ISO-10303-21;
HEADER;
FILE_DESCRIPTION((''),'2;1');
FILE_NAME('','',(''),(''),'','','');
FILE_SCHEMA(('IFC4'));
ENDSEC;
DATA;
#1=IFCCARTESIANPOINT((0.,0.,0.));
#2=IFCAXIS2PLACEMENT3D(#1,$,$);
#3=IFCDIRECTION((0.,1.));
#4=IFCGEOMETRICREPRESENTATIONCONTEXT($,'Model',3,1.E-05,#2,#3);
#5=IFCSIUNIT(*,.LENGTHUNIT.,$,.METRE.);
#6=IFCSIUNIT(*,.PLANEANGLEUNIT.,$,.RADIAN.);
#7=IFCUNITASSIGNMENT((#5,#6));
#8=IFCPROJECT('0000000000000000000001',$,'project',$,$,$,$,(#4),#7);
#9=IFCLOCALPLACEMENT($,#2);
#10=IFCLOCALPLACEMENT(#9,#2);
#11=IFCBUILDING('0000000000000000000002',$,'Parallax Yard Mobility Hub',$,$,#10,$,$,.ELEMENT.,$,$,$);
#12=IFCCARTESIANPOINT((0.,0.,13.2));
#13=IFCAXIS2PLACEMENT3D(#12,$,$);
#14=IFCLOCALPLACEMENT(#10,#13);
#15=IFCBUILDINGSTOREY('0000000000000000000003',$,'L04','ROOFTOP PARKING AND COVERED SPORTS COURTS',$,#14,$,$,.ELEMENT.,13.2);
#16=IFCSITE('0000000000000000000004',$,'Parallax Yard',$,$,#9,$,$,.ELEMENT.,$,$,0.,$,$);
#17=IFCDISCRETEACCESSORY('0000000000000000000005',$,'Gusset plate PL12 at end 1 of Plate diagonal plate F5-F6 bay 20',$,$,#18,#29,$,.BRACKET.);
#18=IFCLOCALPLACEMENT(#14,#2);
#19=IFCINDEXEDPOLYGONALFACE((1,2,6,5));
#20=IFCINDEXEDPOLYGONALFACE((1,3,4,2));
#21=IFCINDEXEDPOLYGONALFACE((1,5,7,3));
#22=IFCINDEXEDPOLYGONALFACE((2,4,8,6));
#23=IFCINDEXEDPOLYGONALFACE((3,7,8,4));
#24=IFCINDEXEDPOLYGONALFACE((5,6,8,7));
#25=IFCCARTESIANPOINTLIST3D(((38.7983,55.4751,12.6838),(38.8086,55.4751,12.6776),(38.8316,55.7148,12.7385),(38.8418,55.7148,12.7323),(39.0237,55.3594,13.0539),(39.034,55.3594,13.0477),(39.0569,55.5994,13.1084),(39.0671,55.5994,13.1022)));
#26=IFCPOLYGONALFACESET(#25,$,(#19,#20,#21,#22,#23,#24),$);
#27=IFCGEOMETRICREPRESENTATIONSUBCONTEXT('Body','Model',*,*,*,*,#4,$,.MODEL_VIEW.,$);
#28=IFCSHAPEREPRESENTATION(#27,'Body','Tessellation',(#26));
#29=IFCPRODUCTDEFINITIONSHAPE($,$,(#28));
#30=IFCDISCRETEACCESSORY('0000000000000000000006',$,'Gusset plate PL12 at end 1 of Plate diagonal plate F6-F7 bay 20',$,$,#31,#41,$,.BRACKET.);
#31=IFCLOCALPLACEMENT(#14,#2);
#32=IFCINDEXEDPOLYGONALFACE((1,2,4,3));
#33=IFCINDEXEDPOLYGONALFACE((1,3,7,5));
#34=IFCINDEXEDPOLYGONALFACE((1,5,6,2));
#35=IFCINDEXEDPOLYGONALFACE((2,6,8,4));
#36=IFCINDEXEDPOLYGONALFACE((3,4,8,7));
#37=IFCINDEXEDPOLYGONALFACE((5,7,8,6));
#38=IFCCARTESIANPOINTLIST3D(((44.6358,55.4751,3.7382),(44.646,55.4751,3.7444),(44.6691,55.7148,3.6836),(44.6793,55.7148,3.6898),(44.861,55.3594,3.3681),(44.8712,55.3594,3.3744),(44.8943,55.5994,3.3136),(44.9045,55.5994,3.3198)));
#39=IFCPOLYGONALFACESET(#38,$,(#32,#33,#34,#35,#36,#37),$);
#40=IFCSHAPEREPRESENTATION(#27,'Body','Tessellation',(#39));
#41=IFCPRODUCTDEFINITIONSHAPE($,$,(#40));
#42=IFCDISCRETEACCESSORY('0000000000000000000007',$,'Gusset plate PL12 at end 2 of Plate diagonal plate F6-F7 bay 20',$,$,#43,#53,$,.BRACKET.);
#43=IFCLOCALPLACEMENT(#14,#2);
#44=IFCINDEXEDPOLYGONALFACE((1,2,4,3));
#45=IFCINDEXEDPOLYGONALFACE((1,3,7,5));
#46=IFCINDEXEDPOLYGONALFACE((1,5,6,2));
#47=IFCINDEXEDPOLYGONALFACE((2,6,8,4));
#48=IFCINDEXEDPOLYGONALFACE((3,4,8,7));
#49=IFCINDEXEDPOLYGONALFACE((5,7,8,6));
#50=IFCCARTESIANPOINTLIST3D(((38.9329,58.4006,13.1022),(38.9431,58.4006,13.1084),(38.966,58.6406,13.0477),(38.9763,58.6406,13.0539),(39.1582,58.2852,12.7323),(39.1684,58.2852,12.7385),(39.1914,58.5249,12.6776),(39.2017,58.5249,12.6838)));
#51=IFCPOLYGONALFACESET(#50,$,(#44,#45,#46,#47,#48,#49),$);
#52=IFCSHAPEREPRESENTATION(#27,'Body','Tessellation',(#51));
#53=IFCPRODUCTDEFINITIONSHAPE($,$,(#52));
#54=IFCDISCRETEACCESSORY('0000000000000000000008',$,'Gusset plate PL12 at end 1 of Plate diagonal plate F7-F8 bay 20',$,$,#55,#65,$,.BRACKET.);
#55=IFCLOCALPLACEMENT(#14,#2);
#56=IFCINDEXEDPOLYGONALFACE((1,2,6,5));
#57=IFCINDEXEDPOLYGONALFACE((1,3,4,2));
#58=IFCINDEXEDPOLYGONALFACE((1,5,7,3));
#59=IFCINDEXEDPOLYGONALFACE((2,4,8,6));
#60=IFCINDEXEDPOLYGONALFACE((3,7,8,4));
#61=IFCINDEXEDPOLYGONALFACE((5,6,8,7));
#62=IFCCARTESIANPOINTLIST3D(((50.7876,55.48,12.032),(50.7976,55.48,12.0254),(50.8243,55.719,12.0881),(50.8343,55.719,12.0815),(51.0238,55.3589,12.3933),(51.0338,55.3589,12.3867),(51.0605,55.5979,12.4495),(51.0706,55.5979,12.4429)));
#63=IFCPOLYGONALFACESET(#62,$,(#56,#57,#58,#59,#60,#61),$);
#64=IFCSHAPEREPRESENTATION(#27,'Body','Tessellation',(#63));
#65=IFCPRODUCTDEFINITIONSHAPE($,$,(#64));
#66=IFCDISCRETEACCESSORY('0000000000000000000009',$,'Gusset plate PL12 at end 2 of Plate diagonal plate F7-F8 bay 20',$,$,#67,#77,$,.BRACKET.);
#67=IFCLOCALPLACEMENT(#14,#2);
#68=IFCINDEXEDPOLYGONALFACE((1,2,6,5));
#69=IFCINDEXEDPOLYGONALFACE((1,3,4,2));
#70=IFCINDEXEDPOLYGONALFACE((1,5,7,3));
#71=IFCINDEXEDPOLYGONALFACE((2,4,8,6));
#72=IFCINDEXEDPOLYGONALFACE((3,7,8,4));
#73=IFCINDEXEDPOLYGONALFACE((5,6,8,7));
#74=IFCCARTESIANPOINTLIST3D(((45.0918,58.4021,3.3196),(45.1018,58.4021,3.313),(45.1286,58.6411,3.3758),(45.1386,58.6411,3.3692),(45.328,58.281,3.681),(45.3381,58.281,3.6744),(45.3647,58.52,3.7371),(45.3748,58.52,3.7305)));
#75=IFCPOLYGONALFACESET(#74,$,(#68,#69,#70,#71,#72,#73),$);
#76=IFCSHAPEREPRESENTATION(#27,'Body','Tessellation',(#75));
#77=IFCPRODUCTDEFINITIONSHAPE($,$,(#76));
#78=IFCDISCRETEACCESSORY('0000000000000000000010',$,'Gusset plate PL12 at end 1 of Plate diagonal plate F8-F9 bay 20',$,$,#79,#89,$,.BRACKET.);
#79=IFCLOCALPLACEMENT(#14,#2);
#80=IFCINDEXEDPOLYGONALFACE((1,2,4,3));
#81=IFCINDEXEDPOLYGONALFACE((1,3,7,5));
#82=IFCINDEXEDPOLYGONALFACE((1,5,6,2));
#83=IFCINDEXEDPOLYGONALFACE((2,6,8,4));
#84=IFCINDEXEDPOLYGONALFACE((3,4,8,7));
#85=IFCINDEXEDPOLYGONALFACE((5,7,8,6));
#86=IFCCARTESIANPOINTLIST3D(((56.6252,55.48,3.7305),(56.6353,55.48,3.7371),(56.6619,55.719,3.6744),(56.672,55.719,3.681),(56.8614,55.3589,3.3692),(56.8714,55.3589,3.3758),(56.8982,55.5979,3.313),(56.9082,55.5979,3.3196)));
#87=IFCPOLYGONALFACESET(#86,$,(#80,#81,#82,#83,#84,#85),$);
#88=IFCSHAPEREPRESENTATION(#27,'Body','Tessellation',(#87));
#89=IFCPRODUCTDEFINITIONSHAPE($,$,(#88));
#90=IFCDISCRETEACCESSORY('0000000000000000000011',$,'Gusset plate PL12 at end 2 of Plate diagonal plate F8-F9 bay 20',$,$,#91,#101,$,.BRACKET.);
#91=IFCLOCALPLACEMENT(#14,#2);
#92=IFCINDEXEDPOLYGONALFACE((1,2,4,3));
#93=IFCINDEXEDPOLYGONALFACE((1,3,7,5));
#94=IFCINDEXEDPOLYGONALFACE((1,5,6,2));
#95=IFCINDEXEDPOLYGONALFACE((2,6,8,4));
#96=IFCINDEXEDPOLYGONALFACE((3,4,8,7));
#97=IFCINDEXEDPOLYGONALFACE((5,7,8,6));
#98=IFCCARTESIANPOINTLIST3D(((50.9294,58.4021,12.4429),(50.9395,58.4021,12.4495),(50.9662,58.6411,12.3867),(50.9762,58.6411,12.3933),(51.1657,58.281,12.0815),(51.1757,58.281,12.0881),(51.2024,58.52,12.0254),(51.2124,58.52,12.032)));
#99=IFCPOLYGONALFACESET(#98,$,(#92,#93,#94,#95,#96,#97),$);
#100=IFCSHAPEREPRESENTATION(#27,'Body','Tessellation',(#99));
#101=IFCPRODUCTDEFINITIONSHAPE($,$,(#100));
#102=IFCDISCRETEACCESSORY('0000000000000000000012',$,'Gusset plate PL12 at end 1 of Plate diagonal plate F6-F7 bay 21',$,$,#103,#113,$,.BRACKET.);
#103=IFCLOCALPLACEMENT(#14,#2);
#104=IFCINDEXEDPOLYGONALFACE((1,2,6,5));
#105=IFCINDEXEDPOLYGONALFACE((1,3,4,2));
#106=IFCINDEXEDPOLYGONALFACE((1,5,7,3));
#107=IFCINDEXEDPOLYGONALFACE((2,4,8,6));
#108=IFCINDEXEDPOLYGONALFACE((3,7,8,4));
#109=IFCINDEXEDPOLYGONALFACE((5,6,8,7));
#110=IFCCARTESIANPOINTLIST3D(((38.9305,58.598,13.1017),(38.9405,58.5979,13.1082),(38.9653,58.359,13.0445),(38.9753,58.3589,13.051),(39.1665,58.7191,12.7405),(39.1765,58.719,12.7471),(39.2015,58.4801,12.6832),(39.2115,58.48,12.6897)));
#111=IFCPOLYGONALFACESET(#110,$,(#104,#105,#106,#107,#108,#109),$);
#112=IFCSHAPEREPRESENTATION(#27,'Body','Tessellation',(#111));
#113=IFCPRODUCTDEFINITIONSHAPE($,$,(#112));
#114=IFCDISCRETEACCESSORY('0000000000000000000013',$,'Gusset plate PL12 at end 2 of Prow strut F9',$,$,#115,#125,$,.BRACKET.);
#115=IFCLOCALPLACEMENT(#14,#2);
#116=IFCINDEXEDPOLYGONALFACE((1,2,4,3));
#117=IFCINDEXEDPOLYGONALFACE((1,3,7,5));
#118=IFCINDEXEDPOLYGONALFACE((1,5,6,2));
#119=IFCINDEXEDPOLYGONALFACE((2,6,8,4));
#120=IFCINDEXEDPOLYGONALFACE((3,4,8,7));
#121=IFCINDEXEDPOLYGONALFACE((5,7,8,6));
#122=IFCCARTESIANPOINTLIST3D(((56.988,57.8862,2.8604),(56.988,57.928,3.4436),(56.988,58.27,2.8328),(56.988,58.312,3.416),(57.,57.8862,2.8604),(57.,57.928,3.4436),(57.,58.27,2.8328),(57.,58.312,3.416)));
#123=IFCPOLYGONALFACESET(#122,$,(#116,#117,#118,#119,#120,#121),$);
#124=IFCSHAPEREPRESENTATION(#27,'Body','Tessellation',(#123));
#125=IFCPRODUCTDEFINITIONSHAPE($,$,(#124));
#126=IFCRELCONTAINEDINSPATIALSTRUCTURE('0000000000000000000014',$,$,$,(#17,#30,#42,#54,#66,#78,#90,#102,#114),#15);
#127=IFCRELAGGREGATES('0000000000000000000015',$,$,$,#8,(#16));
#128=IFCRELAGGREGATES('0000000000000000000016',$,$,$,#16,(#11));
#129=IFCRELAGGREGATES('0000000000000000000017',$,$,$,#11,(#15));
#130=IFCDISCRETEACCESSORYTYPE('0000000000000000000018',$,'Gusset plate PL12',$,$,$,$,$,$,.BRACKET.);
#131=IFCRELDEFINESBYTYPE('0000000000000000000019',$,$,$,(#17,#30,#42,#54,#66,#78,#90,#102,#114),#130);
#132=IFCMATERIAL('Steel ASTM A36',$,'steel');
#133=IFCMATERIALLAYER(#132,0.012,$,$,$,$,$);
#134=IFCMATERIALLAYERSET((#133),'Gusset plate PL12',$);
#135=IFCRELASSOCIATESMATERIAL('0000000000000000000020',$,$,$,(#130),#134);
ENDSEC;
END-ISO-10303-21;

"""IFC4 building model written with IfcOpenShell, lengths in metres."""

from ifc_helpers import new_model, si_unit, direction, frame, origin, place, context, subcontext, project, spatial, polyline, outline, extrude, material, layer, layer_set, type_object, element, save


model = new_model("IFC4")

# Units and contexts
model_context = context("Model", 3, precision=1e-05, world=origin(), true_north=direction((0.0, 1.0)))
body_context = subcontext(model_context, "Body", "Model", "MODEL_VIEW")
ifc_project = project(units=[si_unit("LENGTHUNIT", "METRE"), si_unit("PLANEANGLEUNIT", "RADIAN")], contexts=[model_context])

# Site, building, storey
site_placement = place(None, origin())
site = spatial("IfcSite", under=ifc_project, at=site_placement, Name="Parallax Yard", CompositionType="ELEMENT", RefElevation=0.0)
building_placement = place(site_placement, origin())
building = spatial("IfcBuilding", under=site, at=building_placement, Name="Parallax Yard Mobility Hub", CompositionType="ELEMENT")
storey_placement = place(building_placement, frame((0.0, 0.0, 13.2)))
storey = spatial("IfcBuildingStorey", under=building, at=storey_placement, Name="L04", Description="ROOFTOP PARKING AND COVERED SPORTS COURTS", CompositionType="ELEMENT", Elevation=13.2)

# Discrete accessories
ifc_material_1 = material(Name="Steel ASTM A36", Category="steel")
ifc_layer_1 = layer(ifc_material_1, 0.012)
ifc_layer_set_1 = layer_set([ifc_layer_1], Name="Gusset plate PL12")
discrete_accessory_type = type_object("IfcDiscreteAccessoryType", Name="Gusset plate PL12", PredefinedType="BRACKET", material=ifc_layer_set_1)
discrete_accessory_1_placement = place(storey_placement, frame((38.7983, 55.4751, 12.6838), z_axis=(-0.854082, -0.000098, 0.520139), x_axis=(0.502549, -0.258018, 0.825149)))
element("IfcDiscreteAccessory", 1, at=discrete_accessory_1_placement, inside=storey, type_object=discrete_accessory_type, Name="Gusset plate PL12 at end 1 of Plate diagonal plate F5-F6 bay 20", PredefinedType="BRACKET", context=body_context, shape_type="SweptSolid", body=[
    extrude(outline(polyline([(0.0, 0.0), (0.4485, 0.0), (0.4482, 0.2483), (0.0, 0.2481), (0.0, 0.0)])), origin(), (0.0, 0.0, -1.0), 0.012),
])
discrete_accessory_2_placement = place(storey_placement, frame((44.646, 55.4751, 3.7444), z_axis=(0.854142, -0.000368, 0.52004), x_axis=(0.50234, -0.258089, -0.825254)))
element("IfcDiscreteAccessory", 2, at=discrete_accessory_2_placement, inside=storey, type_object=discrete_accessory_type, Name="Gusset plate PL12 at end 1 of Plate diagonal plate F6-F7 bay 20", PredefinedType="BRACKET", context=body_context, shape_type="SweptSolid", body=[
    extrude(outline(polyline([(0.0, 0.0), (0.4484, 0.0), (0.4482, 0.2484), (-0.0001, 0.2481), (0.0, 0.0)])), origin(), (0.0, 0.0, -1.0), 0.012),
])
discrete_accessory_3_placement = place(storey_placement, frame((39.2017, 58.5249, 12.6838), z_axis=(0.854082, 0.000098, 0.520139), x_axis=(-0.502549, 0.258018, 0.825149)))
element("IfcDiscreteAccessory", 3, at=discrete_accessory_3_placement, inside=storey, type_object=discrete_accessory_type, Name="Gusset plate PL12 at end 2 of Plate diagonal plate F6-F7 bay 20", PredefinedType="BRACKET", context=body_context, shape_type="SweptSolid", body=[
    extrude(outline(polyline([(0.0, 0.0), (0.4485, 0.0), (0.4482, 0.2483), (0.0, 0.2481), (0.0, 0.0)])), origin(), (0.0, 0.0, -1.0), 0.012),
])
for number, where, z_axis, x_axis, name in (
    (4, (50.7876, 55.48, 12.032), (-0.837002, 0.000115, 0.5472), (0.526832, -0.270128, 0.805903), "Gusset plate PL12 at end 1 of Plate diagonal plate F7-F8 bay 20"),
    (5, (45.3647, 58.52, 3.7371), (-0.837002, 0.000115, 0.5472), (-0.526832, 0.270128, -0.805903), "Gusset plate PL12 at end 2 of Plate diagonal plate F7-F8 bay 20"),
    (6, (56.6353, 55.48, 3.7371), (0.837002, -0.000115, 0.5472), (0.526832, -0.270128, -0.805903), "Gusset plate PL12 at end 1 of Plate diagonal plate F8-F9 bay 20"),
    (7, (51.2124, 58.52, 12.032), (0.837002, -0.000115, 0.5472), (-0.526832, 0.270128, 0.805903), "Gusset plate PL12 at end 2 of Plate diagonal plate F8-F9 bay 20"),
):
    element("IfcDiscreteAccessory", number, at=place(storey_placement, frame(where, z_axis=z_axis, x_axis=x_axis)), inside=storey, type_object=discrete_accessory_type, Name=name, PredefinedType="BRACKET", context=body_context, shape_type="SweptSolid", body=[
        extrude(outline(polyline([(0.0, 0.0), (0.4483, 0.0), (0.4484, 0.2483), (0.0, 0.2482), (0.0, 0.0)])), origin(), (0.0, 0.0, -1.0), 0.012),
    ])
discrete_accessory_4_placement = place(storey_placement, frame((39.1765, 58.719, 12.7471), z_axis=(0.838284, -0.008139, 0.545173), x_axis=(-0.526748, -0.270248, 0.805917)))
element("IfcDiscreteAccessory", 8, at=discrete_accessory_4_placement, inside=storey, type_object=discrete_accessory_type, Name="Gusset plate PL12 at end 1 of Plate diagonal plate F6-F7 bay 21", PredefinedType="BRACKET", context=body_context, shape_type="SweptSolid", body=[
    extrude(outline(polyline([(0.0, 0.0), (0.4481, 0.0), (0.4482, 0.2482), (0.0, 0.2483), (0.0, 0.0)])), origin(), (0.0, 0.0, -1.0), 0.012),
])
discrete_accessory_5_placement = place(storey_placement, frame((57.0, 58.27, 2.8328), z_axis=(1.0, 0.0, 0.0), x_axis=(0.0, 0.071811, 0.997418)))
element("IfcDiscreteAccessory", 9, at=discrete_accessory_5_placement, inside=storey, type_object=discrete_accessory_type, Name="Gusset plate PL12 at end 2 of Prow strut F9", PredefinedType="BRACKET", context=body_context, shape_type="SweptSolid", body=[
    extrude(outline(polyline([(0.0, 0.0), (0.5848, 0.0), (0.5847, 0.385), (0.0, 0.3848), (0.0, 0.0)])), origin(), (0.0, 0.0, -1.0), 0.012),
])

save(model, "model.ifc")
